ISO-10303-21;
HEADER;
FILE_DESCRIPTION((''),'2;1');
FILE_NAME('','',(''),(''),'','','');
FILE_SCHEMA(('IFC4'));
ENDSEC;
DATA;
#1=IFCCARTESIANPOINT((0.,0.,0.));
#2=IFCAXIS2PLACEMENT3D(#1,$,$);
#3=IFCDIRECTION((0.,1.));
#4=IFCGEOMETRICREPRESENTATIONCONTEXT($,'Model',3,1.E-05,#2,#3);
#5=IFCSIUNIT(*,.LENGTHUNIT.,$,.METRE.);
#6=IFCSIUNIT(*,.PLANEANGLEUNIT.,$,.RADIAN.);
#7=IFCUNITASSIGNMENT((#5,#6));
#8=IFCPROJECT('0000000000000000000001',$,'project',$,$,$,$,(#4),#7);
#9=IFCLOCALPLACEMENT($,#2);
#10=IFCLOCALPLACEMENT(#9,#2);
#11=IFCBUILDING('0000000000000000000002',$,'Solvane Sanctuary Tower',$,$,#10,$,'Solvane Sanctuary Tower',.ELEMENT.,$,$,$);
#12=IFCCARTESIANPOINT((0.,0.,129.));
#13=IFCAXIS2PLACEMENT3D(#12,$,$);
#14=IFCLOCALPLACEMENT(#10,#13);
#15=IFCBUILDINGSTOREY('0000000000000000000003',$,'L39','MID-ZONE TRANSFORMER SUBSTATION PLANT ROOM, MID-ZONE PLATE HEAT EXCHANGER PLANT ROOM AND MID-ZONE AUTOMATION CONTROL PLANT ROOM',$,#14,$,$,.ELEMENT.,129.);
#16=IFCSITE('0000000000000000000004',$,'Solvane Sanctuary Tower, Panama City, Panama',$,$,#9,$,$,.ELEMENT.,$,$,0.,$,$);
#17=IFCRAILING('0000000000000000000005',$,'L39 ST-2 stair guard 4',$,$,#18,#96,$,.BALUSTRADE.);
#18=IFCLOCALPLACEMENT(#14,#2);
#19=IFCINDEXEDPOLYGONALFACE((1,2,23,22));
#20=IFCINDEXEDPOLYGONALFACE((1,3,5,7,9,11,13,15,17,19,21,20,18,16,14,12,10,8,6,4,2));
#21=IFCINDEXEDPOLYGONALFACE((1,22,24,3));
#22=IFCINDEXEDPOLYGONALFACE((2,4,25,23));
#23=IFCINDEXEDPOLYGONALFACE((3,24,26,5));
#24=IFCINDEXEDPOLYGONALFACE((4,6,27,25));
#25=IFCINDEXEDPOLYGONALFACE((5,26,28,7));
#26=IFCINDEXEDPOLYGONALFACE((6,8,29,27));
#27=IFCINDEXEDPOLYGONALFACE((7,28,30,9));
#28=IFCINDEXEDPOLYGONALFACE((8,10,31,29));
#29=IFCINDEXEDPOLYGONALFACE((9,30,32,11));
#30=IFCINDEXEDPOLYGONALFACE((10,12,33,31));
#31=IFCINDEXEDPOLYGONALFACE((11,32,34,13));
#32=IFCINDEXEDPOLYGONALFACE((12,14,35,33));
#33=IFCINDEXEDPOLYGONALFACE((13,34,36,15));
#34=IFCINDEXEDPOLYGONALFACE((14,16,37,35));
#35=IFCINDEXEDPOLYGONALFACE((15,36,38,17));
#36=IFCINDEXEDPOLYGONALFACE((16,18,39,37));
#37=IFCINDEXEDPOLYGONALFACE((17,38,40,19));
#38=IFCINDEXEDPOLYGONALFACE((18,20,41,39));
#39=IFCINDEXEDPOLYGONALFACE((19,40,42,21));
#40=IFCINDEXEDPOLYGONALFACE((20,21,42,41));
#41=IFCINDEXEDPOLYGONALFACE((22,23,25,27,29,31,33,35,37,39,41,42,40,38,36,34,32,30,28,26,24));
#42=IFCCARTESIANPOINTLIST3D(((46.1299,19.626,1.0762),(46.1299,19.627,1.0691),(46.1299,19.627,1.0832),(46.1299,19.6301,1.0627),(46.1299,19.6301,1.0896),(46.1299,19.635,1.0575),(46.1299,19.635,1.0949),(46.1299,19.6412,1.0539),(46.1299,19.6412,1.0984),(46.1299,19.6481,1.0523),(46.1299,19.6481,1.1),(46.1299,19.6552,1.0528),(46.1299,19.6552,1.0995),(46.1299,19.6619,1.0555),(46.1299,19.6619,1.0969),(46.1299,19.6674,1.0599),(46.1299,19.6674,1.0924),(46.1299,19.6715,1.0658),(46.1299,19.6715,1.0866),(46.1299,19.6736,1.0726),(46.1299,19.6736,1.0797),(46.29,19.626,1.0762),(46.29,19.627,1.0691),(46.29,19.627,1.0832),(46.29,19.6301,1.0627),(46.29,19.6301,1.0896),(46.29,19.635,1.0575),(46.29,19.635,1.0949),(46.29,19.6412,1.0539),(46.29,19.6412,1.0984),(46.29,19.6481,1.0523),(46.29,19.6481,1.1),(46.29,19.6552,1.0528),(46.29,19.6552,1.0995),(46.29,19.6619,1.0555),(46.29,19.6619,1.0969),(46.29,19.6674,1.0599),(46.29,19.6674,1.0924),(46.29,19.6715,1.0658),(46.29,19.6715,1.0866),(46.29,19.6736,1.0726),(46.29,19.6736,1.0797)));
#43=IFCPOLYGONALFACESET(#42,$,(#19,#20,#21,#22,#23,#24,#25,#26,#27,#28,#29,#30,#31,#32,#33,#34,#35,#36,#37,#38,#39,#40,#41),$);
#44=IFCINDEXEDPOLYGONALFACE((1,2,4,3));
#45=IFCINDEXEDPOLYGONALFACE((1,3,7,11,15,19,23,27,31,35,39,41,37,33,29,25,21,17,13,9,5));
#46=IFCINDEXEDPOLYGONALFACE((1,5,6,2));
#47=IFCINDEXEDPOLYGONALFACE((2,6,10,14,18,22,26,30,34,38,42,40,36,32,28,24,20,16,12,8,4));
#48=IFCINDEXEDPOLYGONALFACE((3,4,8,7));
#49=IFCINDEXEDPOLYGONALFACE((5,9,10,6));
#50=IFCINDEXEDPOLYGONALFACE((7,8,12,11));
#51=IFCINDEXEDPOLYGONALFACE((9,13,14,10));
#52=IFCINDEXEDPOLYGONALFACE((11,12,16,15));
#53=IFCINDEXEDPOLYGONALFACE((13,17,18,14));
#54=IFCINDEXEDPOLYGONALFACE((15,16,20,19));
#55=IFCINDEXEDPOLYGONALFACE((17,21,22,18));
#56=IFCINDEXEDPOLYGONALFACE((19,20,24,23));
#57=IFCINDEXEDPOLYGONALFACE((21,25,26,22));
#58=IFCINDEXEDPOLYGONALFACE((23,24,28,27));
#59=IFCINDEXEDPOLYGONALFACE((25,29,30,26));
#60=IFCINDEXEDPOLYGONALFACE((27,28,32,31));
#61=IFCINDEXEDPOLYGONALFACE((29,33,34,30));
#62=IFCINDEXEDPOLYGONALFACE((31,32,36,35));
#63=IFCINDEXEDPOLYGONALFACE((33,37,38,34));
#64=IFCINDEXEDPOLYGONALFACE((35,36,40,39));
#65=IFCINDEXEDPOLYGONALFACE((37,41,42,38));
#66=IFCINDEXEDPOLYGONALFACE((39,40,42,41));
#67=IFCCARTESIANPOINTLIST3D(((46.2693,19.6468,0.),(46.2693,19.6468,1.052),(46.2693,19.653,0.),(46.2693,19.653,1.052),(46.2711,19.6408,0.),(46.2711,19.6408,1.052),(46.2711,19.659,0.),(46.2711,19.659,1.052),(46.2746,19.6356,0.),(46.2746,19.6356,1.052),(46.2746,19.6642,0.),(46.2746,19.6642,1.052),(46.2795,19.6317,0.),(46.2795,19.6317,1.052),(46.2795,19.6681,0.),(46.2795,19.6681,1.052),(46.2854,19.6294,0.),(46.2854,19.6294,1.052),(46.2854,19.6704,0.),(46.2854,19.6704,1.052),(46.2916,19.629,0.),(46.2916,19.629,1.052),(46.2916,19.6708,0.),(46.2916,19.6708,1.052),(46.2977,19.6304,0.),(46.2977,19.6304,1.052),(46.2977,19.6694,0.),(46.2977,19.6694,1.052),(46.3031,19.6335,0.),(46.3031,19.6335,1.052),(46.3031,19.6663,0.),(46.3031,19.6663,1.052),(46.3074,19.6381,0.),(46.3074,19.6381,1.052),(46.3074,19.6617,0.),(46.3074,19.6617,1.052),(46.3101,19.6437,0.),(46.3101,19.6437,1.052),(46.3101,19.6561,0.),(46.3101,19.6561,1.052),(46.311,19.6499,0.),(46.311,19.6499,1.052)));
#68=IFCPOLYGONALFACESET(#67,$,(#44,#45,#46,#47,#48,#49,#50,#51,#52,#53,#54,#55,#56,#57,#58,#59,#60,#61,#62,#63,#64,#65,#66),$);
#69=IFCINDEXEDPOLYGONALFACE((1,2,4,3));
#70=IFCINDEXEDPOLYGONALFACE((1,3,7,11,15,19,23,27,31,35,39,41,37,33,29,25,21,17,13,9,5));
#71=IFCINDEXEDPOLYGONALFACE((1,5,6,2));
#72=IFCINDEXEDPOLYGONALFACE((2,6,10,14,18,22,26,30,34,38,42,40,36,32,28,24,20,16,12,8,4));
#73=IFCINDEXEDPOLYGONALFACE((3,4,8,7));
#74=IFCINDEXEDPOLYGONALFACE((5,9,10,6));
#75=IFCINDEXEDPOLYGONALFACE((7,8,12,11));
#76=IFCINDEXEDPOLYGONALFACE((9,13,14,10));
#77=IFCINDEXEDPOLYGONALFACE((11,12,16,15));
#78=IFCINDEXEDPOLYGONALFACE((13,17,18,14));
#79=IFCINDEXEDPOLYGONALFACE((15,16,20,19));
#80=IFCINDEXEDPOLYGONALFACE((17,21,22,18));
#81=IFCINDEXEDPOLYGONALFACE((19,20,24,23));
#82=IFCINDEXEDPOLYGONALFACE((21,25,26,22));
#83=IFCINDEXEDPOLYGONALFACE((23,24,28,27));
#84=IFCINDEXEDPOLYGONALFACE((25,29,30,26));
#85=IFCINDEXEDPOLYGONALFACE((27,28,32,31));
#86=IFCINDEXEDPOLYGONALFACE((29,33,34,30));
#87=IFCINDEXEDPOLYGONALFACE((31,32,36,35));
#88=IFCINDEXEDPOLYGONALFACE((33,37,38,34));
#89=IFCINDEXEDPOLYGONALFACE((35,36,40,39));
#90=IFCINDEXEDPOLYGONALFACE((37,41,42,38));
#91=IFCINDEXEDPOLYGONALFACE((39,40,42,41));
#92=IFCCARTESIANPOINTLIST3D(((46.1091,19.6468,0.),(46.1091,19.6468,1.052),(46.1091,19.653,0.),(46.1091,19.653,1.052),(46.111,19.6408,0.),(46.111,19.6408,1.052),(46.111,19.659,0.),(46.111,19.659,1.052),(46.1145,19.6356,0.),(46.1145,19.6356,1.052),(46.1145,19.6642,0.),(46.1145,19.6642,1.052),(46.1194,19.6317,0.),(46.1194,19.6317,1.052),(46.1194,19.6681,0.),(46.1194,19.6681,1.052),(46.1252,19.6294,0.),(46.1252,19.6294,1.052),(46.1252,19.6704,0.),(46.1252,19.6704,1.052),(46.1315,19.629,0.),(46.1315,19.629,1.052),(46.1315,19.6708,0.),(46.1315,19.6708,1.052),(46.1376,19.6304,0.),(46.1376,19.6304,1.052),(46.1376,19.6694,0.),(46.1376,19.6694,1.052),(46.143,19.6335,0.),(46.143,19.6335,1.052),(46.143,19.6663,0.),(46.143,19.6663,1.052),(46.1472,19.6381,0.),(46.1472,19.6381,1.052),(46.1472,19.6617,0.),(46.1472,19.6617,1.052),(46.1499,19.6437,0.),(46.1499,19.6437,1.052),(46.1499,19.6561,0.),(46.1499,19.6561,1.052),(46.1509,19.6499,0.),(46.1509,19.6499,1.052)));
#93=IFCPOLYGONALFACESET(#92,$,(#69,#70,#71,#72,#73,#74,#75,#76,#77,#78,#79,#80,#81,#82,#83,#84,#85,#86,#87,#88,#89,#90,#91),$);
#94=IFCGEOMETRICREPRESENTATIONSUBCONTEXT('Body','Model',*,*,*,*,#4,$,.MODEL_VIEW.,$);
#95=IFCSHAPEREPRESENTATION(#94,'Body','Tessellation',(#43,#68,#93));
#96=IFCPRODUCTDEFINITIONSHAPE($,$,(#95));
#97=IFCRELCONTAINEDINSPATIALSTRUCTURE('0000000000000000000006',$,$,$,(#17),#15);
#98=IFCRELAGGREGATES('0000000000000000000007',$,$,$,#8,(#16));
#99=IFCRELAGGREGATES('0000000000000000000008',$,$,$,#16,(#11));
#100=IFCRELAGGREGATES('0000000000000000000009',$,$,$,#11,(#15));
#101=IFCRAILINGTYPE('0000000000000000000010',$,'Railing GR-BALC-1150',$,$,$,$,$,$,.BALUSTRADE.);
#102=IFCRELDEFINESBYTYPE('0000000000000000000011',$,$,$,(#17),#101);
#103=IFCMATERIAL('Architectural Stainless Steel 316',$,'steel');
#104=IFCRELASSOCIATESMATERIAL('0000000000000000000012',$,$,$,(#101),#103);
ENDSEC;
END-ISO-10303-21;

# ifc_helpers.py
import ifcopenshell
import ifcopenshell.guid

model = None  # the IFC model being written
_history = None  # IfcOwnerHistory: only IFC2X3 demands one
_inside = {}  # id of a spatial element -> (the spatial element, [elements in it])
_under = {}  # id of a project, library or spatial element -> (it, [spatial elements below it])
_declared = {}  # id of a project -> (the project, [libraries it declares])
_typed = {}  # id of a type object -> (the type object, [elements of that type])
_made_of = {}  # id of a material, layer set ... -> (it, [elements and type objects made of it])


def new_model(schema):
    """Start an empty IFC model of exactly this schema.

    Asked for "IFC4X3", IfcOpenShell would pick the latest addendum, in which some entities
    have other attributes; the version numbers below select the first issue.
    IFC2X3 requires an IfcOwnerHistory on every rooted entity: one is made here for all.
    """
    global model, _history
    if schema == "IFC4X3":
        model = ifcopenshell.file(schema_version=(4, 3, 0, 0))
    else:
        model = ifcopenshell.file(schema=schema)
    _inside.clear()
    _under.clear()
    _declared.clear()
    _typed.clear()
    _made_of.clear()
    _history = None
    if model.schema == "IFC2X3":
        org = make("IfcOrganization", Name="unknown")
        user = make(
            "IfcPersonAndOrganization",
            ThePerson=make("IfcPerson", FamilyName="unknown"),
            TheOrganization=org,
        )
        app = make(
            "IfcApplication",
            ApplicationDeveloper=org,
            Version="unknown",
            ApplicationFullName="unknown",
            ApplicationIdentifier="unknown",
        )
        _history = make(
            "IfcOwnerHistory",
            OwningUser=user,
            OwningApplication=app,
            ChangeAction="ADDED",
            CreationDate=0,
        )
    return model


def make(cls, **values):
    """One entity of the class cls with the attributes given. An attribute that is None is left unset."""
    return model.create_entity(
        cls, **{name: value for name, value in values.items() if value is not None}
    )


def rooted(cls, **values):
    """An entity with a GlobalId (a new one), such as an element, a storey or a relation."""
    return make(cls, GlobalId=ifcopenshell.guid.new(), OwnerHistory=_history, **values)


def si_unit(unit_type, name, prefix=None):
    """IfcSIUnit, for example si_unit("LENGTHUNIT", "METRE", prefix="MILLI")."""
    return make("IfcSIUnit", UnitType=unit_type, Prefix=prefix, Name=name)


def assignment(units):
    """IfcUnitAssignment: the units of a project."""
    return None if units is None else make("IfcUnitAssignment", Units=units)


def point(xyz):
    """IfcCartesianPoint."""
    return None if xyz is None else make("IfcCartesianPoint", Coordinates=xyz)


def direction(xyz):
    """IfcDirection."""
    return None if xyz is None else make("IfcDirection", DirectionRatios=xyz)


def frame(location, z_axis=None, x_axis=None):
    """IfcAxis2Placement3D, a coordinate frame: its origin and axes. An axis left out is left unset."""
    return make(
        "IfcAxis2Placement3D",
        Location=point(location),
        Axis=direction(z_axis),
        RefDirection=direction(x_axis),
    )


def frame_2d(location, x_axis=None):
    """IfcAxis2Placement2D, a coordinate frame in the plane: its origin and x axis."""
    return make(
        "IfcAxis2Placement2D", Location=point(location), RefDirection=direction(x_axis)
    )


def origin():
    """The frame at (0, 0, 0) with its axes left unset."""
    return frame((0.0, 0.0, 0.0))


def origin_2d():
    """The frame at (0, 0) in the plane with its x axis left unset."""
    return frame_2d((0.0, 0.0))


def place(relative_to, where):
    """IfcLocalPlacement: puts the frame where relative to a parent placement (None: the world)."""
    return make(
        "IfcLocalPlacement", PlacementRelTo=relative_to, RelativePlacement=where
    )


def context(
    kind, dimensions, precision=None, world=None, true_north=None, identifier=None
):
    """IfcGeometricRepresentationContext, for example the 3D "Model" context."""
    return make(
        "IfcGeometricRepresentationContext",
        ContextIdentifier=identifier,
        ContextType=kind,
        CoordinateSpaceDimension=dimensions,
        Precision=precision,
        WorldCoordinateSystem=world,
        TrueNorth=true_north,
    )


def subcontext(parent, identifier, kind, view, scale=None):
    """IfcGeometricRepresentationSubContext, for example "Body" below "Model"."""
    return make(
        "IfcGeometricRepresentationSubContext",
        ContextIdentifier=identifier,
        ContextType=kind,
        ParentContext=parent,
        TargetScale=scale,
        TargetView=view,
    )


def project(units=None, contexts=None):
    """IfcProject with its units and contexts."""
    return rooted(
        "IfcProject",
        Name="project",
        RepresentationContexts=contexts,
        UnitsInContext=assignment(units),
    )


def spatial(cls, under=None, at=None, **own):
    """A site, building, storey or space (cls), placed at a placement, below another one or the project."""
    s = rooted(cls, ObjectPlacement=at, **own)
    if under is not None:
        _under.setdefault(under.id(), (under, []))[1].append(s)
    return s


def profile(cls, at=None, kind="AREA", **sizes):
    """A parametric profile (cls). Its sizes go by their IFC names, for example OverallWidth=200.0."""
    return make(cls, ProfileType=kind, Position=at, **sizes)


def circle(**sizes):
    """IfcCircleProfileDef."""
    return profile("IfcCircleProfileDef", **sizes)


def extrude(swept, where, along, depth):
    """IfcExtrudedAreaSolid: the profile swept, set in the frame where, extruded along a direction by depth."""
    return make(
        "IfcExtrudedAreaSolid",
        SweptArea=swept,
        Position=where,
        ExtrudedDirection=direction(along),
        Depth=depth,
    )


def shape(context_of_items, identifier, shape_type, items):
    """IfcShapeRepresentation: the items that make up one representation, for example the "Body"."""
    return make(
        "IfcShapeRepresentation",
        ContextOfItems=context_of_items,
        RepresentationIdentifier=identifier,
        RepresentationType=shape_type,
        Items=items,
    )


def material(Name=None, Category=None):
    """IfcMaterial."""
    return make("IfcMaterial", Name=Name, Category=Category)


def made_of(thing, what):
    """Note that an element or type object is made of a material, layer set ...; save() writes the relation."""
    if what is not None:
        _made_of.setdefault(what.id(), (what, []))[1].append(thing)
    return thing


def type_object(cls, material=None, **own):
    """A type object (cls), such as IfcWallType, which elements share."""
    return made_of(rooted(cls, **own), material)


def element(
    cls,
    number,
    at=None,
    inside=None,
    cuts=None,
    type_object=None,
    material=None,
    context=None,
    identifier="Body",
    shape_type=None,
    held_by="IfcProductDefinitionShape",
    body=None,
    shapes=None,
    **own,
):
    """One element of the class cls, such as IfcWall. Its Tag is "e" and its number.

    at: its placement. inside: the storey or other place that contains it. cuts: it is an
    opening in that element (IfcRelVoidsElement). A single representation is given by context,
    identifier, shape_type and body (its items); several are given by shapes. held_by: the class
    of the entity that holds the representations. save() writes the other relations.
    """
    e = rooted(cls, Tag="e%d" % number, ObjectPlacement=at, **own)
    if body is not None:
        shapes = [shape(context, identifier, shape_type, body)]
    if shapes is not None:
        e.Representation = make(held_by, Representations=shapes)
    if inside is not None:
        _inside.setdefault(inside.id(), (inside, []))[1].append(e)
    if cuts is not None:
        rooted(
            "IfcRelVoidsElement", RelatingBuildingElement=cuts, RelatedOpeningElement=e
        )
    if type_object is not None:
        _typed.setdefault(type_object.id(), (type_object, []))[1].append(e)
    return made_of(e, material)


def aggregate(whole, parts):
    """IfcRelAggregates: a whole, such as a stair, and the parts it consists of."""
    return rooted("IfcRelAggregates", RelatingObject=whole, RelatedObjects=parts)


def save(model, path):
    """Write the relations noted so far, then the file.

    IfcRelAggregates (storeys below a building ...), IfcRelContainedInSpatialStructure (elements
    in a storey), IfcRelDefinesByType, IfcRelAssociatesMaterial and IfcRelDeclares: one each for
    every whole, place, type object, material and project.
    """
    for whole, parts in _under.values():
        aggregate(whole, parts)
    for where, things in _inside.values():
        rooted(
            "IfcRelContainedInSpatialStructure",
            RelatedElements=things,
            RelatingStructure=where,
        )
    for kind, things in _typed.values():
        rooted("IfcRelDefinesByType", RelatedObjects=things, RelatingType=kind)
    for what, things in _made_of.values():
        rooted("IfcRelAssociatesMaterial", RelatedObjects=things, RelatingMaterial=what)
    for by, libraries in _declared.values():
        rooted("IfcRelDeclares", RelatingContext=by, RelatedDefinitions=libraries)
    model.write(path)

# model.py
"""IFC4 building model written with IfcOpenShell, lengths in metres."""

from ifc_helpers import new_model, si_unit, direction, frame, origin, origin_2d, place, context, subcontext, project, spatial, circle, extrude, material, type_object, element, save


model = new_model("IFC4")

# Units and contexts
model_context = context("Model", 3, precision=1e-05, world=origin(), true_north=direction((0.0, 1.0)))
body_context = subcontext(model_context, "Body", "Model", "MODEL_VIEW")
ifc_project = project(units=[si_unit("LENGTHUNIT", "METRE"), si_unit("PLANEANGLEUNIT", "RADIAN")], contexts=[model_context])

# Site, building, storey
site_placement = place(None, origin())
site = spatial("IfcSite", under=ifc_project, at=site_placement, Name="Solvane Sanctuary Tower, Panama City, Panama", CompositionType="ELEMENT", RefElevation=0.0)
building_placement = place(site_placement, origin())
building = spatial("IfcBuilding", under=site, at=building_placement, Name="Solvane Sanctuary Tower", LongName="Solvane Sanctuary Tower", CompositionType="ELEMENT")
storey_placement = place(building_placement, frame((0.0, 0.0, 129.0)))
storey = spatial("IfcBuildingStorey", under=building, at=storey_placement, Name="L39", Description="MID-ZONE TRANSFORMER SUBSTATION PLANT ROOM, MID-ZONE PLATE HEAT EXCHANGER PLANT ROOM AND MID-ZONE AUTOMATION CONTROL PLANT ROOM", CompositionType="ELEMENT", Elevation=129.0)

# Shared definitions
ifc_material_1 = material(Name="Architectural Stainless Steel 316", Category="steel")

# Railing
railing_type_1 = type_object("IfcRailingType", Name="Railing GR-BALC-1150", PredefinedType="BALUSTRADE", material=ifc_material_1)
railing_1_placement = place(storey_placement, frame((46.29, 19.6499, 0.0)))
element("IfcRailing", 1, at=railing_1_placement, inside=storey, type_object=railing_type_1, Name="L39 ST-2 stair guard 4", PredefinedType="BALUSTRADE", context=body_context, shape_type="SweptSolid", body=[
    extrude(circle(Radius=0.0239, at=origin_2d()), frame((0.0, 0.0, 1.0762), z_axis=(-1.0, 0.0, 0.0), x_axis=(0.0, -1.0, 0.0)), (0.0, 0.0, 1.0), 0.1602),
    extrude(circle(Radius=0.021, at=origin_2d()), origin(), (0.0, 0.0, 1.0), 1.052),
    extrude(circle(Radius=0.021, at=origin_2d()), frame((-0.1602, 0.0, 0.0)), (0.0, 0.0, 1.0), 1.052),
])

save(model, "model.ifc")
